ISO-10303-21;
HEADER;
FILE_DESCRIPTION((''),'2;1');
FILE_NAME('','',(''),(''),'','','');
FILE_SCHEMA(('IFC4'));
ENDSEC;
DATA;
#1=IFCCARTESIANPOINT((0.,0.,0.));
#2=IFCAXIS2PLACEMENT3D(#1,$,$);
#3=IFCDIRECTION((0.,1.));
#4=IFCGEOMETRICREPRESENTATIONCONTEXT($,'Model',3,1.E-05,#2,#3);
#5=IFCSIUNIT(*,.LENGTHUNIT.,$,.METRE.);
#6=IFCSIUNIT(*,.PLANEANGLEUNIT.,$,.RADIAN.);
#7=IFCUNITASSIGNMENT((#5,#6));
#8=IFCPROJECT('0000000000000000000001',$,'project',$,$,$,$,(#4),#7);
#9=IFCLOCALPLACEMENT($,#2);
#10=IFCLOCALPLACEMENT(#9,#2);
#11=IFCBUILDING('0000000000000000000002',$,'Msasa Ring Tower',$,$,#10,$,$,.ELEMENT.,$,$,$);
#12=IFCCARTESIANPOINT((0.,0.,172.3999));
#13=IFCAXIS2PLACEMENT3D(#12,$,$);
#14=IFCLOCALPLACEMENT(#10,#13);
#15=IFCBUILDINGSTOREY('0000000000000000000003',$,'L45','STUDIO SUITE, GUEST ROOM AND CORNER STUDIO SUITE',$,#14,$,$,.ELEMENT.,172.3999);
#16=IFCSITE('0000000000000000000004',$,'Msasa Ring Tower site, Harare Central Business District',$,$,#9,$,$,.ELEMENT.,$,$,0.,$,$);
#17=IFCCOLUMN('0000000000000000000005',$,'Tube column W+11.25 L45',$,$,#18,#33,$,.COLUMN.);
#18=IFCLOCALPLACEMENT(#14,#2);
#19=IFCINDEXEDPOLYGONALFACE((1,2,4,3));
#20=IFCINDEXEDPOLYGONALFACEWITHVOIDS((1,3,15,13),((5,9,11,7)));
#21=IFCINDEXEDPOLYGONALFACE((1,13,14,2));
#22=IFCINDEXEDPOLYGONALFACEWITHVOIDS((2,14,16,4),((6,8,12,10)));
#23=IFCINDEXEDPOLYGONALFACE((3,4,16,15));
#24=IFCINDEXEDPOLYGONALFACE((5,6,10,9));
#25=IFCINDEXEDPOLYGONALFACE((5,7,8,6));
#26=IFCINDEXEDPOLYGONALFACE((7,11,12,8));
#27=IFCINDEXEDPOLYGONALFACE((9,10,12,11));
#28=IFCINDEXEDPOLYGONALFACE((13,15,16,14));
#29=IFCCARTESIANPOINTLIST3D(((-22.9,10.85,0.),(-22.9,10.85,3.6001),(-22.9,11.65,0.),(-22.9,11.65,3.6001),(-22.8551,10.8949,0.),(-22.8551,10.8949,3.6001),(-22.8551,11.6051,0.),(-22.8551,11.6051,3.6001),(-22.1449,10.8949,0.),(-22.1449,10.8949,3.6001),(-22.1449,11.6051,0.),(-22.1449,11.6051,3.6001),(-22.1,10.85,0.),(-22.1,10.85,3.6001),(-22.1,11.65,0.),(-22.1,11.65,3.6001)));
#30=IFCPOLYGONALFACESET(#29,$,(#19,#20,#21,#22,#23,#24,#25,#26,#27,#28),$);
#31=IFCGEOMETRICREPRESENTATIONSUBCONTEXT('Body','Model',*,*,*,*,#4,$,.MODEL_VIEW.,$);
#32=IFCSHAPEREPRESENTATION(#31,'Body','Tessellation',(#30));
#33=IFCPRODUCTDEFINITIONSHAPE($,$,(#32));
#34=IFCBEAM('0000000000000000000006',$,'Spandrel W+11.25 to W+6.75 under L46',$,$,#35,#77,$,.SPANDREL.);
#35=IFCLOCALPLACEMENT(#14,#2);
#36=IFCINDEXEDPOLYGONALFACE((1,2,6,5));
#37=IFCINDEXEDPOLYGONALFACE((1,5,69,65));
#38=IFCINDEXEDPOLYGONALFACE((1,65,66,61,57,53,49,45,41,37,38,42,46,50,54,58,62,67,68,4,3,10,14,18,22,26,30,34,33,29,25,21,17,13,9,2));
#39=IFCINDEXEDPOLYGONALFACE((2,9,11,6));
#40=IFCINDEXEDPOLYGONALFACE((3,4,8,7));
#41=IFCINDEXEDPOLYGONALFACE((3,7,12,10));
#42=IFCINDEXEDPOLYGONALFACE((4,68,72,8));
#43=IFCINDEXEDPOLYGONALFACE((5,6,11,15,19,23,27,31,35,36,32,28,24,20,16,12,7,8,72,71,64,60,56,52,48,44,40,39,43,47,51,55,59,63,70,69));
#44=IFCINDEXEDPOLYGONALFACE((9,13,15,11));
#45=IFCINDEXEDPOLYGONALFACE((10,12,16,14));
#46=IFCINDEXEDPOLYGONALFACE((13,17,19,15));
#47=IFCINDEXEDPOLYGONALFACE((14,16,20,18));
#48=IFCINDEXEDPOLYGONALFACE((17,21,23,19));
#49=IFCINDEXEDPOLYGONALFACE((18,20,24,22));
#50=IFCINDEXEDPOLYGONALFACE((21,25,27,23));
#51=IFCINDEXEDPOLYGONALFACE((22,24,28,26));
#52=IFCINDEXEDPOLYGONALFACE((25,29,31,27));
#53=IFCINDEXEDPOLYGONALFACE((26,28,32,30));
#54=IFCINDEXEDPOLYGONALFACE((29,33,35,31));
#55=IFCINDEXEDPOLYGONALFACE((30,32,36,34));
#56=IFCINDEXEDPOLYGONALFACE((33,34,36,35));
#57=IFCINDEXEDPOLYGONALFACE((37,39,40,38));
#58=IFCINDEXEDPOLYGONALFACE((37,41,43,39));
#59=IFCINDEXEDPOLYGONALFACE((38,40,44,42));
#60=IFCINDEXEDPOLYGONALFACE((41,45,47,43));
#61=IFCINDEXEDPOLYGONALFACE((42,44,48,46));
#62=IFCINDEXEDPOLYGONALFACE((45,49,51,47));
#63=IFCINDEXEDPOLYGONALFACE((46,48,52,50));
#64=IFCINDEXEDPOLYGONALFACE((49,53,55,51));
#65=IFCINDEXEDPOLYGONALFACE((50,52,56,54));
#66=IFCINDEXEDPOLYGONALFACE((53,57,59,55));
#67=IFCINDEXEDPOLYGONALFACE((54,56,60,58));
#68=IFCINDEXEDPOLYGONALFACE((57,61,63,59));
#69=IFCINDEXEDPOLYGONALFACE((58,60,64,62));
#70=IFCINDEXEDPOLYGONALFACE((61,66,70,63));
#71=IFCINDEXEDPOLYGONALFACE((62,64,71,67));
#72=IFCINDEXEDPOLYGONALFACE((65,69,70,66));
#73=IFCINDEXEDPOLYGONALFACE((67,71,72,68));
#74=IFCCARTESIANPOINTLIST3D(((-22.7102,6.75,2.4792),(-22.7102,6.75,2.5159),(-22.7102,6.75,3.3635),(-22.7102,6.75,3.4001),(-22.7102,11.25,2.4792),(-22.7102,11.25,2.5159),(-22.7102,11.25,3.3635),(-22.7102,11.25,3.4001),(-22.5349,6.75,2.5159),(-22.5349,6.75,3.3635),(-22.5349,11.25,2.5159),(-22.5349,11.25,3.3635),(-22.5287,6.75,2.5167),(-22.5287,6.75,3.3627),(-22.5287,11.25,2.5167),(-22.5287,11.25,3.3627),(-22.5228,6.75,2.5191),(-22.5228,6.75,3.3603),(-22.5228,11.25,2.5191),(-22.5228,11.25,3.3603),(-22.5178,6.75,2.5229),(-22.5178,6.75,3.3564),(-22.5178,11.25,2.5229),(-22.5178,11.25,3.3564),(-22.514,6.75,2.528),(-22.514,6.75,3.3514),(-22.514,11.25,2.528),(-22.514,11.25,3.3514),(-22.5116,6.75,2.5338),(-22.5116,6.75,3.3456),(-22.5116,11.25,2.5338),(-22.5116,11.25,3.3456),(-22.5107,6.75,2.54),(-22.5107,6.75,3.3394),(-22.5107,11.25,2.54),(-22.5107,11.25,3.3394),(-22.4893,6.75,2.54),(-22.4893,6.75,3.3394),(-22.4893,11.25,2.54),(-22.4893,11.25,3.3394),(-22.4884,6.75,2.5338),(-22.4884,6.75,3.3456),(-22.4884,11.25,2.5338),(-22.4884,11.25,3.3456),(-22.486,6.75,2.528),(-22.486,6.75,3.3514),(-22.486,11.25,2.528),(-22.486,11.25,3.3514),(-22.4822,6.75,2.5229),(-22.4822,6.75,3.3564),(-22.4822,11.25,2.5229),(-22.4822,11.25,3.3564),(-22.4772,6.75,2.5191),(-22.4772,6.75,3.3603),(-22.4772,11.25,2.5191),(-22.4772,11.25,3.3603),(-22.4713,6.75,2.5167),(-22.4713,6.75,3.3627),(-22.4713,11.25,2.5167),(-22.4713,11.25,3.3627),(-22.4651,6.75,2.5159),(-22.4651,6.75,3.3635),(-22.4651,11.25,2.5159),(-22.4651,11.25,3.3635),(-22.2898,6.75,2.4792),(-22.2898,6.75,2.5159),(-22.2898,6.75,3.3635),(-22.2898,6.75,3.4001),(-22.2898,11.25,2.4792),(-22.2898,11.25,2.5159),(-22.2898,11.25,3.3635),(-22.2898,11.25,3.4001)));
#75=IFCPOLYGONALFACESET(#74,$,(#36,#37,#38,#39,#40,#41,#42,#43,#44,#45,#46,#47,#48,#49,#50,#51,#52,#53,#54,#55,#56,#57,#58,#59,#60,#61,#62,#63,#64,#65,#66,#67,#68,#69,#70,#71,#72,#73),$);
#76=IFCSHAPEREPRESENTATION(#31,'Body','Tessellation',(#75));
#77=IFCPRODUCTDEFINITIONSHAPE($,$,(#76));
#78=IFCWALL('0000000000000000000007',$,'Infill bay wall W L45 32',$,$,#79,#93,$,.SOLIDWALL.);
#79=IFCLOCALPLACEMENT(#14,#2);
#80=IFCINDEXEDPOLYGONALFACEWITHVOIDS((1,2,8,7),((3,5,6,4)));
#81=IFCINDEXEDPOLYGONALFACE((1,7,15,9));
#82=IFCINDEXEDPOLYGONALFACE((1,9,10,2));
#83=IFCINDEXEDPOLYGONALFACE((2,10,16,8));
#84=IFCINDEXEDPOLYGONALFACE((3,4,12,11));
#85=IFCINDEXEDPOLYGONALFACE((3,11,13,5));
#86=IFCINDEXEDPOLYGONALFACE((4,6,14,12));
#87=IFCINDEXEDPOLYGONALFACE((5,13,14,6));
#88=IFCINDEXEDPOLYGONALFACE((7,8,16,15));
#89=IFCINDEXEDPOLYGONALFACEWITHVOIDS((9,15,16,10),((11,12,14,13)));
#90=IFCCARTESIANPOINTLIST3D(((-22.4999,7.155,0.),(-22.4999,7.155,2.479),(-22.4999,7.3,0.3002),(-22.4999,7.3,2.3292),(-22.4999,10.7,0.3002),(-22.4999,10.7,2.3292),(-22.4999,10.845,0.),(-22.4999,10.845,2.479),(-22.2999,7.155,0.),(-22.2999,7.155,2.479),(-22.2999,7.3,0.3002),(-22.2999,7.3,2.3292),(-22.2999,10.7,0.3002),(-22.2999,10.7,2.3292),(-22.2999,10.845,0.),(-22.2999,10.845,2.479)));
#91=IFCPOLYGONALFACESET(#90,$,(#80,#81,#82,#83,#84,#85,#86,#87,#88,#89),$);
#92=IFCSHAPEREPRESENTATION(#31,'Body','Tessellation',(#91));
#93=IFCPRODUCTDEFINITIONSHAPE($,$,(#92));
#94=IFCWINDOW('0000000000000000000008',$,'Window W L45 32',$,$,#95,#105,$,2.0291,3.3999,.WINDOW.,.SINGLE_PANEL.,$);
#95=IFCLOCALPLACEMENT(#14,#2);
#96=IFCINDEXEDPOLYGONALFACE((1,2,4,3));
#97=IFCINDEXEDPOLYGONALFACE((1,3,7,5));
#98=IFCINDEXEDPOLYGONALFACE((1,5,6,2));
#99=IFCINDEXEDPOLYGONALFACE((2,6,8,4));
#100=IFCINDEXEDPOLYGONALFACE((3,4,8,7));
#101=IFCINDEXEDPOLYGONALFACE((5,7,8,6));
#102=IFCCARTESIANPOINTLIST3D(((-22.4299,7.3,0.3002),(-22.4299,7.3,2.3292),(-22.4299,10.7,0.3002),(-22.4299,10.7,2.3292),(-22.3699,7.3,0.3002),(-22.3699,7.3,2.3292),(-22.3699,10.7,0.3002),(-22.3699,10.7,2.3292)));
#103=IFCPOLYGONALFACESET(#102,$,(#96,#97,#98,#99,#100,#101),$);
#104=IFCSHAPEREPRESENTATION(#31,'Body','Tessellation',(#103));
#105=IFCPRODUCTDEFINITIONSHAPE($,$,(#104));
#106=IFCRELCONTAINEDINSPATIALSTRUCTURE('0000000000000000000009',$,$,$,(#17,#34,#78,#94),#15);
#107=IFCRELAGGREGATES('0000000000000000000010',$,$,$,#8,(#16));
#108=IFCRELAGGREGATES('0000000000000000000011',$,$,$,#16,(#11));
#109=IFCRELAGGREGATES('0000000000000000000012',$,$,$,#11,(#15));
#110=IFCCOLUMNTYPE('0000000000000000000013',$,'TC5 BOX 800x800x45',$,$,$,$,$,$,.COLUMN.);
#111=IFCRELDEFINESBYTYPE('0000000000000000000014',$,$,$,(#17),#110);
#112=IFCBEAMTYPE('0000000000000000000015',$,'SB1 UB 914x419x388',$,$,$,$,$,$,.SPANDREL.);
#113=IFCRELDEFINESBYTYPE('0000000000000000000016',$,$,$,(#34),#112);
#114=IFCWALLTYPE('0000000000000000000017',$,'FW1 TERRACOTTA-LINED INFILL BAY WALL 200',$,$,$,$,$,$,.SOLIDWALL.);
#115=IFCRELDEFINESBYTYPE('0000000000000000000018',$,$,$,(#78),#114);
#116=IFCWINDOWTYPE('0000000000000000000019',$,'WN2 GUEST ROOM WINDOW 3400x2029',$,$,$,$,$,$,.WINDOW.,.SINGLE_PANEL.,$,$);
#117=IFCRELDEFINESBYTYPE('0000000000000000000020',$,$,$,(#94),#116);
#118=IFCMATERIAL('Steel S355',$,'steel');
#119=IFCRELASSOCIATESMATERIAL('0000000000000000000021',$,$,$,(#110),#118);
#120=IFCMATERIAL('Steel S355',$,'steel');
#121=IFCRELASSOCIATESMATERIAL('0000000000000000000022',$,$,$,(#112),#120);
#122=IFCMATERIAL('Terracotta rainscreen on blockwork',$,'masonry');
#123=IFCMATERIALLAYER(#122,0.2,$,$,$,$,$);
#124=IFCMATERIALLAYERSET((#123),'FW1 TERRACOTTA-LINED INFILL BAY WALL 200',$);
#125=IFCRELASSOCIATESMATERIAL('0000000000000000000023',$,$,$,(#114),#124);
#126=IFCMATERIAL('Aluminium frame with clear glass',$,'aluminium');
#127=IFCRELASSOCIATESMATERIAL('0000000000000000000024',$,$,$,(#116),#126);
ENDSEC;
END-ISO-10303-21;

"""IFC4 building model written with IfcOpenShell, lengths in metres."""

from ifc_helpers import new_model, si_unit, direction, frame, frame_2d, origin, origin_2d, place, context, subcontext, project, spatial, rectangle, hollow_rectangle, i_section, extrude, material, layer, layer_set, material_profile, profile_set, type_object, element, fill, save


model = new_model("IFC4")

# Units and contexts
model_context = context("Model", 3, precision=1e-05, world=origin(), true_north=direction((0.0, 1.0)))
body_context = subcontext(model_context, "Body", "Model", "MODEL_VIEW")
ifc_project = project(units=[si_unit("LENGTHUNIT", "METRE"), si_unit("PLANEANGLEUNIT", "RADIAN")], contexts=[model_context])

# Site, building, storey
site_placement = place(None, origin())
site = spatial("IfcSite", under=ifc_project, at=site_placement, Name="Msasa Ring Tower site, Harare Central Business District", CompositionType="ELEMENT", RefElevation=0.0)
building_placement = place(site_placement, origin())
building = spatial("IfcBuilding", under=site, at=building_placement, Name="Msasa Ring Tower", CompositionType="ELEMENT")
storey_placement = place(building_placement, frame((0.0, 0.0, 172.3999)))
storey = spatial("IfcBuildingStorey", under=building, at=storey_placement, Name="L45", Description="STUDIO SUITE, GUEST ROOM AND CORNER STUDIO SUITE", CompositionType="ELEMENT", Elevation=172.3999)

# Column
ifc_material_1 = material(Name="Steel S355", Category="steel")
ifc_material_profile_1 = material_profile(ifc_material_1, hollow_rectangle(XDim=0.8, YDim=0.8, WallThickness=0.0449, at=origin_2d()), Name="BOX 800x800x45")
ifc_profile_set_1 = profile_set([ifc_material_profile_1], Name="Steel S355")
column_type = type_object("IfcColumnType", Name="TC5 BOX 800x800x45", PredefinedType="COLUMN", material=ifc_profile_set_1)
column_placement = place(storey_placement, frame((-22.5, 11.25, 0.0), z_axis=(0.0, 0.0, 1.0), x_axis=(1.0, 0.0, 0.0)))
element("IfcColumn", 1, at=column_placement, inside=storey, type_object=column_type, Name="Tube column W+11.25 L45", PredefinedType="COLUMN", context=body_context, shape_type="SweptSolid", body=[
    extrude(hollow_rectangle(XDim=0.8, YDim=0.8, WallThickness=0.0449, at=origin_2d()), origin(), (0.0, 0.0, 1.0), 3.6001),
])

# Beam
ifc_material_2 = material(Name="Steel S355", Category="steel")
ifc_material_profile_2 = material_profile(ifc_material_2, i_section(OverallWidth=0.4204, OverallDepth=0.9209, WebThickness=0.0215, FlangeThickness=0.0366, FilletRadius=0.0242, at=origin_2d()), Name="UB 914x419x388")
ifc_profile_set_2 = profile_set([ifc_material_profile_2], Name="Steel S355")
beam_type = type_object("IfcBeamType", Name="SB1 UB 914x419x388", PredefinedType="SPANDREL", material=ifc_profile_set_2)
beam_placement = place(storey_placement, frame((-22.5, 11.25, 2.9397), z_axis=(0.0, -1.0, 0.0), x_axis=(1.0, 0.0, 0.0)))
element("IfcBeam", 2, at=beam_placement, inside=storey, type_object=beam_type, Name="Spandrel W+11.25 to W+6.75 under L46", PredefinedType="SPANDREL", context=body_context, shape_type="SweptSolid", body=[
    extrude(i_section(OverallWidth=0.4204, OverallDepth=0.9209, WebThickness=0.0215, FlangeThickness=0.0366, FilletRadius=0.0242, at=origin_2d()), origin(), (0.0, 0.0, 1.0), 4.5),
])

# Wall, opening, window
ifc_material_3 = material(Name="Terracotta rainscreen on blockwork", Category="masonry")
ifc_layer_1 = layer(ifc_material_3, 0.2)
ifc_layer_set_1 = layer_set([ifc_layer_1], Name="FW1 TERRACOTTA-LINED INFILL BAY WALL 200")
wall_type_1 = type_object("IfcWallType", Name="FW1 TERRACOTTA-LINED INFILL BAY WALL 200", PredefinedType="SOLIDWALL", material=ifc_layer_set_1)
wall_1_placement = place(storey_placement, frame((-22.3999, 7.155, 0.0), z_axis=(0.0, 0.0, 1.0), x_axis=(0.0, 1.0, 0.0)))
wall_1 = element("IfcWall", 3, at=wall_1_placement, inside=storey, type_object=wall_type_1, Name="Infill bay wall W L45 32", PredefinedType="SOLIDWALL", context=body_context, shape_type="SweptSolid", body=[
    extrude(rectangle(XDim=3.6899, YDim=0.2, at=frame_2d((1.845, 0.0))), origin(), (0.0, 0.0, 1.0), 2.479),
])
opening_1_placement = place(wall_1_placement, frame((0.145, 0.0, 0.3)))
opening_1 = element("IfcOpeningElement", 4, at=opening_1_placement, cuts=wall_1, PredefinedType="OPENING", context=body_context, shape_type="SweptSolid", body=[
    extrude(rectangle(XDim=3.3999, YDim=2.0291, at=frame_2d((1.7, 1.0146))), frame((0.0, 0.1099, 0.0), z_axis=(0.0, -1.0, 0.0), x_axis=(1.0, 0.0, 0.0)), (0.0, 0.0, 1.0), 0.22),
])
ifc_material_4 = material(Name="Aluminium frame with clear glass", Category="aluminium")
window_type = type_object("IfcWindowType", Name="WN2 GUEST ROOM WINDOW 3400x2029", PartitioningType="SINGLE_PANEL", PredefinedType="WINDOW", material=ifc_material_4)
window_placement = place(opening_1_placement, origin())
window = element("IfcWindow", 5, at=window_placement, inside=storey, type_object=window_type, Name="Window W L45 32", OverallHeight=2.0291, OverallWidth=3.3999, PartitioningType="SINGLE_PANEL", PredefinedType="WINDOW", context=body_context, shape_type="SweptSolid", body=[
    extrude(rectangle(XDim=3.3999, YDim=2.0291, at=frame_2d((1.7, 1.0146))), frame((0.0, 0.03, 0.0), z_axis=(0.0, -1.0, 0.0), x_axis=(1.0, 0.0, 0.0)), (0.0, 0.0, 1.0), 0.0601),
])
fill(opening_1, window)

save(model, "model.ifc")
